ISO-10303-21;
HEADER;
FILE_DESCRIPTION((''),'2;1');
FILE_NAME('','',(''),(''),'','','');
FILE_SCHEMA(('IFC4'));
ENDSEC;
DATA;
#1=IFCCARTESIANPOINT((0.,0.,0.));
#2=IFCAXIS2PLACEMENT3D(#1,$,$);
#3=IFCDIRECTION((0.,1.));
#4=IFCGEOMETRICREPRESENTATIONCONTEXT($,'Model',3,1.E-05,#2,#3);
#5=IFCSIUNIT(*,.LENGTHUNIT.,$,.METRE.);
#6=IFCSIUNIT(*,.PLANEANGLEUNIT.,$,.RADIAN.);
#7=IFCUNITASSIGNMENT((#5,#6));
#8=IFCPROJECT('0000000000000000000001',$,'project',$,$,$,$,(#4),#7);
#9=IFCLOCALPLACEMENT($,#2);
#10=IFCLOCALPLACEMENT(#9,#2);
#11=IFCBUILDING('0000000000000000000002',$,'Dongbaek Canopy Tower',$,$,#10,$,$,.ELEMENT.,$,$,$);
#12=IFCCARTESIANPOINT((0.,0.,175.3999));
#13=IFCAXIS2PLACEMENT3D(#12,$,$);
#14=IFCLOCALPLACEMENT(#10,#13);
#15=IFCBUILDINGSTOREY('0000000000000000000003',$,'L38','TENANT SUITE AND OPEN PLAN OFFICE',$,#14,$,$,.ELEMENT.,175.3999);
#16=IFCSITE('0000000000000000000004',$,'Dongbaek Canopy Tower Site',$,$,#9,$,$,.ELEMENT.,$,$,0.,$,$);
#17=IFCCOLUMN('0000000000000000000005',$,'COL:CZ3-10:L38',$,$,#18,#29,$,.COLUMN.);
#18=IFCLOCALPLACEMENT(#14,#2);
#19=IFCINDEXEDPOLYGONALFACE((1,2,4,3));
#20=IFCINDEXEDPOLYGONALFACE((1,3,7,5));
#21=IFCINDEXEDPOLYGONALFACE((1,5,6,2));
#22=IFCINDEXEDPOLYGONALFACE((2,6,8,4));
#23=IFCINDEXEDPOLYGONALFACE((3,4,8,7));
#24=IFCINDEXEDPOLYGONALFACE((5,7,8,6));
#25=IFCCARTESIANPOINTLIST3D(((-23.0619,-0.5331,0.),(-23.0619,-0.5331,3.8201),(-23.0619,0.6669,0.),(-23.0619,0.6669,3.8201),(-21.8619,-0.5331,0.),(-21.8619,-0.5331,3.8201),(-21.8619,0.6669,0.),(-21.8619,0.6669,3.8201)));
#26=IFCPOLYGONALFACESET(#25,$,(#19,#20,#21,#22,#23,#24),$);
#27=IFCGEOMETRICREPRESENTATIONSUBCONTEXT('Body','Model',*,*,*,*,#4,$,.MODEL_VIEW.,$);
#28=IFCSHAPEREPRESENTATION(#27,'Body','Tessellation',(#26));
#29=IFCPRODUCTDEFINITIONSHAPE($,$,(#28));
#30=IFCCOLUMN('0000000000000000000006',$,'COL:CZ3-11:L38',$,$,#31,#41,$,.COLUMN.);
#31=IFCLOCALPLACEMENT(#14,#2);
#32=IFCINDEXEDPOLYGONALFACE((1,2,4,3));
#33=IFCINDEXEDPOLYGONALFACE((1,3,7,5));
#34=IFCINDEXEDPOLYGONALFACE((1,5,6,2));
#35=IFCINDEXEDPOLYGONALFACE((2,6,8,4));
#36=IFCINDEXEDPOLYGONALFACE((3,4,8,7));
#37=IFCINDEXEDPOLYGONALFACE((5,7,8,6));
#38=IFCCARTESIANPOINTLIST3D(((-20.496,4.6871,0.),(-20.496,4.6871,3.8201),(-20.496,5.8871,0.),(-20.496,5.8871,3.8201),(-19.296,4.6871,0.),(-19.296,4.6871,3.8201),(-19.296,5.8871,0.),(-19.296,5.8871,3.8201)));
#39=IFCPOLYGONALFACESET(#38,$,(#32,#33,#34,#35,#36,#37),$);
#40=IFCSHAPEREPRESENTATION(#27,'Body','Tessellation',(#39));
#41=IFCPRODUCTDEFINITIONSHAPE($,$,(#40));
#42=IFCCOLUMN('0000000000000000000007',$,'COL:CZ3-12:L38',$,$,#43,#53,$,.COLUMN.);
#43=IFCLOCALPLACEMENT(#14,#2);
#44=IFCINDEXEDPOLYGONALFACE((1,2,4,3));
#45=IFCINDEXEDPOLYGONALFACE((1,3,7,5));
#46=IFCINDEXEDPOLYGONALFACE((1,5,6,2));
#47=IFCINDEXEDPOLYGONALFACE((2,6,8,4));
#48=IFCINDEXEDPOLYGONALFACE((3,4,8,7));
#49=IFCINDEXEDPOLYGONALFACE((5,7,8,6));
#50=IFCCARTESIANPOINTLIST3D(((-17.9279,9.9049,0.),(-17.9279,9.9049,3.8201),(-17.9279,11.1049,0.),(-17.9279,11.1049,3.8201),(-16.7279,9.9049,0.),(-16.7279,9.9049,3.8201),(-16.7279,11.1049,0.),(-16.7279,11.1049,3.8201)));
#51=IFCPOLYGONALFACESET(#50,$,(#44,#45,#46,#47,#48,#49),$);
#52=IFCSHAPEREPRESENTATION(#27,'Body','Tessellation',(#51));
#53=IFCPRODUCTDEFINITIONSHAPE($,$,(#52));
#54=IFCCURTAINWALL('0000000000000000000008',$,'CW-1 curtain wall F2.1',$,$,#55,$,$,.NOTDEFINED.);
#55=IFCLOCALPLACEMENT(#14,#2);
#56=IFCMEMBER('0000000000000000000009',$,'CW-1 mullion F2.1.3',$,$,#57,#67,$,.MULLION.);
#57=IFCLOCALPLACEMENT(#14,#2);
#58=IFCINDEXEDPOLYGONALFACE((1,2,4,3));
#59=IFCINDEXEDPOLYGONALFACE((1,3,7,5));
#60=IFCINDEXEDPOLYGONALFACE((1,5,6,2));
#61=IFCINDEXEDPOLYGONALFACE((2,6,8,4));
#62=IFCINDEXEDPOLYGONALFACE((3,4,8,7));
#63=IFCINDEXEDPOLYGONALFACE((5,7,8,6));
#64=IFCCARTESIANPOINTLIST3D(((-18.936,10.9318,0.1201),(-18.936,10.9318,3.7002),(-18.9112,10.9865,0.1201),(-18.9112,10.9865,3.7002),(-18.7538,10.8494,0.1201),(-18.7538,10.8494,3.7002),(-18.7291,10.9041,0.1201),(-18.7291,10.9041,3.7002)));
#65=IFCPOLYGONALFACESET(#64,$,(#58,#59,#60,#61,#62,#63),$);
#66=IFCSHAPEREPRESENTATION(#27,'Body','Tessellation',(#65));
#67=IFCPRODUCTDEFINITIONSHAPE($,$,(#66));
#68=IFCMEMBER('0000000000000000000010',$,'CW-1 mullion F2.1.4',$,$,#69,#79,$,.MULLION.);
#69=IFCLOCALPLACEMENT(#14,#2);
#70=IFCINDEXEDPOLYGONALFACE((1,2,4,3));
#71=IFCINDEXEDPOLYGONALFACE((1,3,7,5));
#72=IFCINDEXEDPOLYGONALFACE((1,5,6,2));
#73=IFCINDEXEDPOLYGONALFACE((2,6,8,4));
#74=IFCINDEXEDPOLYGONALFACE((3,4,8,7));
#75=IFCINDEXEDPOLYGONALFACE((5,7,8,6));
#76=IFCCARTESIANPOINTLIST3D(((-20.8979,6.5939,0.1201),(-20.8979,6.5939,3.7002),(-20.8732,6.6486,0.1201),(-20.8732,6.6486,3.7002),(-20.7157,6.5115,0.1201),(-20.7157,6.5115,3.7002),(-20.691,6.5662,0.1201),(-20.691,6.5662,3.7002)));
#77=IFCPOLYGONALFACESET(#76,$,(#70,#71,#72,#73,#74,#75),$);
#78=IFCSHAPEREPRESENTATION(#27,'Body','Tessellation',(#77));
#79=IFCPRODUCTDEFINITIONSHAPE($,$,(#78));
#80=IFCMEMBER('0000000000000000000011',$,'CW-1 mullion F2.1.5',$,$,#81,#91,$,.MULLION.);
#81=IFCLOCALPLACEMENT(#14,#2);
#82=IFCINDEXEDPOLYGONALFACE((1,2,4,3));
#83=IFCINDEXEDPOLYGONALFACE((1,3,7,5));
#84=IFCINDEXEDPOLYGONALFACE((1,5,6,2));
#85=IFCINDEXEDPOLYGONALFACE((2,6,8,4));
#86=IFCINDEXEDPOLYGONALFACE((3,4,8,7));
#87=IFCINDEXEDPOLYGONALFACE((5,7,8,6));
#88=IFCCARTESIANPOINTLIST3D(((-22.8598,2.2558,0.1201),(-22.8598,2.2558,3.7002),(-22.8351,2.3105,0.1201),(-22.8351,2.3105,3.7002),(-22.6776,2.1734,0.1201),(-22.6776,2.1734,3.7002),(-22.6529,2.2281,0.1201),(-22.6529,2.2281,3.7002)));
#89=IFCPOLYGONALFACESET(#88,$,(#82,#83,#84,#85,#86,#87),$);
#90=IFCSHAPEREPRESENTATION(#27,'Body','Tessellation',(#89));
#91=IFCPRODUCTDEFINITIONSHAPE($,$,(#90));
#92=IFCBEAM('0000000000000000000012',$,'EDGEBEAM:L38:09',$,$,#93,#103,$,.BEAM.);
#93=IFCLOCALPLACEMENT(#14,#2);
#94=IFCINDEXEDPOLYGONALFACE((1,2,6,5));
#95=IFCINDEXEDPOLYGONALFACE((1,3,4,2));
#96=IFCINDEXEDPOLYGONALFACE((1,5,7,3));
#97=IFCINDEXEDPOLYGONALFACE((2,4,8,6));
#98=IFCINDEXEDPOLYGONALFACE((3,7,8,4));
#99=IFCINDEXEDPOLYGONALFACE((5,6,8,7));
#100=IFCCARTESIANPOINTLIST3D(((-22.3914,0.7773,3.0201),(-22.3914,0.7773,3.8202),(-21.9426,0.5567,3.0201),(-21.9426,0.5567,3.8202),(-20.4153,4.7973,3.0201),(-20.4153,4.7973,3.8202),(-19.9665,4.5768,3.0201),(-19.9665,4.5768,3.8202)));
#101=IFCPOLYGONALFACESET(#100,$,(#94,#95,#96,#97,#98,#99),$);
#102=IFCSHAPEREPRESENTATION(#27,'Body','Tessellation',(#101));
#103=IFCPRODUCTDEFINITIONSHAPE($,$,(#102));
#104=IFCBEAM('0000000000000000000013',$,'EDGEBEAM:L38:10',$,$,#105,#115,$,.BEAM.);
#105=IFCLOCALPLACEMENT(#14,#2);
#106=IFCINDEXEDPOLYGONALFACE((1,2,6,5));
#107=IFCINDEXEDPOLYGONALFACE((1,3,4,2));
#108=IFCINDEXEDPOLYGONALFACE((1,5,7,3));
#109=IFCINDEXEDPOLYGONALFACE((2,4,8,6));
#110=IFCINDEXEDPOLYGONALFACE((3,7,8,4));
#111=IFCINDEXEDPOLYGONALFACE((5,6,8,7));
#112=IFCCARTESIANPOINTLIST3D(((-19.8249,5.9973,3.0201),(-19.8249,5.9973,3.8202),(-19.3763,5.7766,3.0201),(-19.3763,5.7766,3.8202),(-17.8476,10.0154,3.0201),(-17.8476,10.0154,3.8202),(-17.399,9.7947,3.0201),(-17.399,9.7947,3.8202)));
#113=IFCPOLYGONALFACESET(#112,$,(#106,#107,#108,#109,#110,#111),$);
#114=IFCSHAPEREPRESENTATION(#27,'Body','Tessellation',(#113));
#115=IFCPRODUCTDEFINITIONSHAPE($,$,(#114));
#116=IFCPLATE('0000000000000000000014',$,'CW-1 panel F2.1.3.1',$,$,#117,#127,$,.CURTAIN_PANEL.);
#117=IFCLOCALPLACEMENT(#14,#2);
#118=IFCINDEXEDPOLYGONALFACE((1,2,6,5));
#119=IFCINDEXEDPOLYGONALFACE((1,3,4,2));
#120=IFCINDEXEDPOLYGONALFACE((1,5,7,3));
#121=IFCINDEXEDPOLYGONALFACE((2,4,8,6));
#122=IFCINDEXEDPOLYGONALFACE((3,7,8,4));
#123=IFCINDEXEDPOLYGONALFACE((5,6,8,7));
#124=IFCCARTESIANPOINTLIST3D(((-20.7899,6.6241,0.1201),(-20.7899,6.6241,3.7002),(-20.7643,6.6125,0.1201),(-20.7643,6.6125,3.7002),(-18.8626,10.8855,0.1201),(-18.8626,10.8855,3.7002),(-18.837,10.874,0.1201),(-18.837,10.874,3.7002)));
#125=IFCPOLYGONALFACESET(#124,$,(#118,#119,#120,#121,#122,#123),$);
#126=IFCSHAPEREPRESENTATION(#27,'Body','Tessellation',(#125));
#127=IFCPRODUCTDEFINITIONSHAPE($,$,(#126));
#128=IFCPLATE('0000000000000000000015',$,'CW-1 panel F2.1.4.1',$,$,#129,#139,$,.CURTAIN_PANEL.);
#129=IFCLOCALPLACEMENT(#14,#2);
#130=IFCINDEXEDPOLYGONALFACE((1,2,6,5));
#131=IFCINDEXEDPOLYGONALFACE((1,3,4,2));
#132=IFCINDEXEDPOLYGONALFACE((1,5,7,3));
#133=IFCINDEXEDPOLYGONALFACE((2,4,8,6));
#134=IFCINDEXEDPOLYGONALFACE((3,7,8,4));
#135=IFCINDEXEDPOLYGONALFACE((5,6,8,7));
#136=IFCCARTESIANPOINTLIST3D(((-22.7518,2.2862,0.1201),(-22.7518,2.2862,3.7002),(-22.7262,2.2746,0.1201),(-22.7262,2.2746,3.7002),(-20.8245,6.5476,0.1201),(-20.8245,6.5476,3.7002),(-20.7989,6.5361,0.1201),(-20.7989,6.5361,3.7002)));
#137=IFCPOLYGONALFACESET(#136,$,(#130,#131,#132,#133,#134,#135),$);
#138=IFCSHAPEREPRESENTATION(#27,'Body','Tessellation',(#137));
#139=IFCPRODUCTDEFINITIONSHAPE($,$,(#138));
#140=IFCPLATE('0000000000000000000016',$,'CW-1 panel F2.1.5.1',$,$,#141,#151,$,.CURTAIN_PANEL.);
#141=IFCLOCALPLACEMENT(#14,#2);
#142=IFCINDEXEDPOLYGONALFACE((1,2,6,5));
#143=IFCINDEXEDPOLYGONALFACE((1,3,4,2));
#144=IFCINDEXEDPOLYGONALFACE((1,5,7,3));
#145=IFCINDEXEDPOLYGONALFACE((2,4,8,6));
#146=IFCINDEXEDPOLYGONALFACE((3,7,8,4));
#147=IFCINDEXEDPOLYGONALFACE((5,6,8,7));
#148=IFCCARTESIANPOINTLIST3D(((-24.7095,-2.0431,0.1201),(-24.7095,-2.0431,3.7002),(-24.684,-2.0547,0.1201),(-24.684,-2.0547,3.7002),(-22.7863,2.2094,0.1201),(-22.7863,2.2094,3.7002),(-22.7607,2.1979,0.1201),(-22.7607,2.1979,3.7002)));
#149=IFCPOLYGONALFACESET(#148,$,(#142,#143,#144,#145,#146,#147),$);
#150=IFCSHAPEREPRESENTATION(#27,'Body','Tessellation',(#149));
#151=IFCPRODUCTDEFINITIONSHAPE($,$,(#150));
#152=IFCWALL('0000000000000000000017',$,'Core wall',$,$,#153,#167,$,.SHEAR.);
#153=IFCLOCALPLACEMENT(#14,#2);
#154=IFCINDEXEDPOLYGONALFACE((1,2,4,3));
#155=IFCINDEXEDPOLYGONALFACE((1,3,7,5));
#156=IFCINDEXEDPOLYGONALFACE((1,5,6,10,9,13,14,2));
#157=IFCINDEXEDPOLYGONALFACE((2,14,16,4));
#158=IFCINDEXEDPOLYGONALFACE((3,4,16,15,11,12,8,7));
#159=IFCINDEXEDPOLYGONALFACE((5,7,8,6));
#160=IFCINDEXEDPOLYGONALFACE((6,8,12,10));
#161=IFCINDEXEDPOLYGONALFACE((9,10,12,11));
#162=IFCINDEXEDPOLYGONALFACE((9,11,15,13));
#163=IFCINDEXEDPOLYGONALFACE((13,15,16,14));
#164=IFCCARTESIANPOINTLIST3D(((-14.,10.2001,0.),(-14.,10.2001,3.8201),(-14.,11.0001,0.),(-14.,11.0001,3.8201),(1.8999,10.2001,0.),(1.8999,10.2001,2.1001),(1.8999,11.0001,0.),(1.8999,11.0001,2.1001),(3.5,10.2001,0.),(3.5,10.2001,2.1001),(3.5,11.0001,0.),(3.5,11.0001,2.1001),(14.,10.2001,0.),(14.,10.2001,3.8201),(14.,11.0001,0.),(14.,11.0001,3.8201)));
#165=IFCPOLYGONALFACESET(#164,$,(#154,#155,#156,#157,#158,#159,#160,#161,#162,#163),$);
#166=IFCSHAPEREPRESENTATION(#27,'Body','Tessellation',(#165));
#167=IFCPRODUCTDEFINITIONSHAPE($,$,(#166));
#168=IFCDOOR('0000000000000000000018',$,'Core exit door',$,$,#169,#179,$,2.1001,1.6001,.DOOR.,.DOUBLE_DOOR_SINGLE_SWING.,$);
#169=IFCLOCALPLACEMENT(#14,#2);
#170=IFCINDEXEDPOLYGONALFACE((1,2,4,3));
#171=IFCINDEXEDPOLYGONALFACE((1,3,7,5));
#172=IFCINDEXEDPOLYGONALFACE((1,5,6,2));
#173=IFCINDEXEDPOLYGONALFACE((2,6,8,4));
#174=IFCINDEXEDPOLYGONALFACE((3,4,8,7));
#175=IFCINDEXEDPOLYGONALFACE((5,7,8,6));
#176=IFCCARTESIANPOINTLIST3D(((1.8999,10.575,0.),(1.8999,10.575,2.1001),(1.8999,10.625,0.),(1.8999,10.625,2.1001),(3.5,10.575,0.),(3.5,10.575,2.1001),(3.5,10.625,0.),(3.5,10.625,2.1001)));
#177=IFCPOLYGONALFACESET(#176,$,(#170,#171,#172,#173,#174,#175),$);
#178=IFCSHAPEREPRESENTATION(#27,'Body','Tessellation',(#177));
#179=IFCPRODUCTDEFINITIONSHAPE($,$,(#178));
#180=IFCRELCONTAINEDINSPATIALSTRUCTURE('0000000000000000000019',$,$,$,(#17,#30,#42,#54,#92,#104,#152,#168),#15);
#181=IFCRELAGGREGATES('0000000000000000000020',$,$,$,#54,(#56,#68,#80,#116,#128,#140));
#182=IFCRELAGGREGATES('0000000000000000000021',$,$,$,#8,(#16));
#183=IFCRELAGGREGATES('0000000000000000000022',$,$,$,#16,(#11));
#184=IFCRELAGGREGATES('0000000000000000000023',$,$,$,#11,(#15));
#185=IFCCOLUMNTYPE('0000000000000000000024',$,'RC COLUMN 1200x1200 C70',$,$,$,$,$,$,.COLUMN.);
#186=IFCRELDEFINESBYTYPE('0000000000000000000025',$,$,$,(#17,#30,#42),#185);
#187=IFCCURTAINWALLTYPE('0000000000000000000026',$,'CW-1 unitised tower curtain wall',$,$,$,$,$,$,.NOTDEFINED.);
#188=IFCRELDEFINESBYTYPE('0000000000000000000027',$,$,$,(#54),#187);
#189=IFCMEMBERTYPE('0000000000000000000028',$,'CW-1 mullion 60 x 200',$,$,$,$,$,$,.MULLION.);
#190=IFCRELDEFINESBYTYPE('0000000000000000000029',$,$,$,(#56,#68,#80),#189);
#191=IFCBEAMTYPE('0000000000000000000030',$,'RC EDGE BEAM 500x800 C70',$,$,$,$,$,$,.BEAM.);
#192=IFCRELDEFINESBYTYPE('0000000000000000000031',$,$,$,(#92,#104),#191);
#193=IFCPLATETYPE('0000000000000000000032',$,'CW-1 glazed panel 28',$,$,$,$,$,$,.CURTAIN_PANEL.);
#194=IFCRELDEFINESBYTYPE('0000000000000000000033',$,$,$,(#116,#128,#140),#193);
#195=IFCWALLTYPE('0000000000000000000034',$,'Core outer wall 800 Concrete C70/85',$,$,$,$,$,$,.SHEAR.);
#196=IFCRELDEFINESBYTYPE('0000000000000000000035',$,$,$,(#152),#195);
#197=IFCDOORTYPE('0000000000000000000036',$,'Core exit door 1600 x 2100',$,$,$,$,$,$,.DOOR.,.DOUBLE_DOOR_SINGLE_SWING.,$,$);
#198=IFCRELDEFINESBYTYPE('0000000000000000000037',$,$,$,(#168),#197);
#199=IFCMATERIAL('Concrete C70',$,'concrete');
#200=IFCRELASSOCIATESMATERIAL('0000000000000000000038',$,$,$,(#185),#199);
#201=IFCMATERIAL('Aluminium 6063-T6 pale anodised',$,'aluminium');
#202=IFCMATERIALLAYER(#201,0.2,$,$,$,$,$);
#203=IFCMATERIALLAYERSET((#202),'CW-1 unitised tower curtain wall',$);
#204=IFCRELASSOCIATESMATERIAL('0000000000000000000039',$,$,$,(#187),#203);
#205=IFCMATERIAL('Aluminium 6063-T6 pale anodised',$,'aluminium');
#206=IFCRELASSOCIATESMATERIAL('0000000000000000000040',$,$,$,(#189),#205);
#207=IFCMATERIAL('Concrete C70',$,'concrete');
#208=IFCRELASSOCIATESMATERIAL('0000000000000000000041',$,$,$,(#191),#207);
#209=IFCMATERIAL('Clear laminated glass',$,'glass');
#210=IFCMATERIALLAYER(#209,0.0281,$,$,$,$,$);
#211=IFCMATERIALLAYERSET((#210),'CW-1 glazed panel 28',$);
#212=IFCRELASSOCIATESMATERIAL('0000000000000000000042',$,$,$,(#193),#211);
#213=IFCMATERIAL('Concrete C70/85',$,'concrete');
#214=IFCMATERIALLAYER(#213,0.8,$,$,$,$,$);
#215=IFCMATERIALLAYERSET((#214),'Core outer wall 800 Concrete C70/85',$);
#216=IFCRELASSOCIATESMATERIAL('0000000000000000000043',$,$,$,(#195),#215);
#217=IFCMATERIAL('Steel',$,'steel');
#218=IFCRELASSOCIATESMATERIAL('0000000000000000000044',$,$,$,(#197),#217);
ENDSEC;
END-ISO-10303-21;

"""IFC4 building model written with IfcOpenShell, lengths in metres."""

from ifc_helpers import new_model, si_unit, direction, frame, frame_2d, origin, origin_2d, place, context, subcontext, project, spatial, rectangle, extrude, material, layer, layer_set, material_profile, profile_set, type_object, element, fill, aggregate, save


model = new_model("IFC4")

# Units and contexts
model_context = context("Model", 3, precision=1e-05, world=origin(), true_north=direction((0.0, 1.0)))
body_context = subcontext(model_context, "Body", "Model", "MODEL_VIEW")
ifc_project = project(units=[si_unit("LENGTHUNIT", "METRE"), si_unit("PLANEANGLEUNIT", "RADIAN")], contexts=[model_context])

# Site, building, storey
site_placement = place(None, origin())
site = spatial("IfcSite", under=ifc_project, at=site_placement, Name="Dongbaek Canopy Tower Site", CompositionType="ELEMENT", RefElevation=0.0)
building_placement = place(site_placement, origin())
building = spatial("IfcBuilding", under=site, at=building_placement, Name="Dongbaek Canopy Tower", CompositionType="ELEMENT")
storey_placement = place(building_placement, frame((0.0, 0.0, 175.3999)))
storey = spatial("IfcBuildingStorey", under=building, at=storey_placement, Name="L38", Description="TENANT SUITE AND OPEN PLAN OFFICE", CompositionType="ELEMENT", Elevation=175.3999)

# Columns
ifc_material_1 = material(Name="Concrete C70", Category="concrete")
ifc_material_profile_1 = material_profile(ifc_material_1, rectangle(XDim=1.2, YDim=1.2, at=origin_2d()), Name="RC COLUMN 1200x1200 C70")
ifc_profile_set_1 = profile_set([ifc_material_profile_1], Name="Concrete C70")
column_type = type_object("IfcColumnType", Name="RC COLUMN 1200x1200 C70", PredefinedType="COLUMN", material=ifc_profile_set_1)
for number, where, z_axis, x_axis, name in (
    (1, (-22.4619, 0.0669, 0.0), (0.0, 0.0, 1.0), (1.0, 0.0, 0.0), "COL:CZ3-10:L38"),
    (2, (-19.896, 5.2871, 0.0), (0.0, 0.0, 1.0), (1.0, 0.0, 0.0), "COL:CZ3-11:L38"),
    (3, (-17.3279, 10.5049, 0.0), (0.0, 0.0, 1.0), (1.0, 0.0, 0.0), "COL:CZ3-12:L38"),
):
    element("IfcColumn", number, at=place(storey_placement, frame(where, z_axis=z_axis, x_axis=x_axis)), inside=storey, type_object=column_type, Name=name, PredefinedType="COLUMN", context=body_context, shape_type="SweptSolid", body=[
        extrude(rectangle(XDim=1.2, YDim=1.2, at=origin_2d()), origin(), (0.0, 0.0, 1.0), 3.8201),
    ])

# Curtain wall, members
ifc_material_2 = material(Name="Aluminium 6063-T6 pale anodised", Category="aluminium")
ifc_layer_1 = layer(ifc_material_2, 0.2)
ifc_layer_set_1 = layer_set([ifc_layer_1], Name="CW-1 unitised tower curtain wall")
curtain_wall_type = type_object("IfcCurtainWallType", Name="CW-1 unitised tower curtain wall", PredefinedType="NOTDEFINED", material=ifc_layer_set_1)
curtain_wall_placement = place(storey_placement, origin())
curtain_wall = element("IfcCurtainWall", 4, at=curtain_wall_placement, inside=storey, type_object=curtain_wall_type, Name="CW-1 curtain wall F2.1", PredefinedType="NOTDEFINED")
ifc_material_3 = material(Name="Aluminium 6063-T6 pale anodised", Category="aluminium")
ifc_material_profile_2 = material_profile(ifc_material_3, rectangle(XDim=0.2, YDim=0.0601, at=origin_2d()), Name="CW-1 mullion 60 x 200")
ifc_profile_set_2 = profile_set([ifc_material_profile_2], Name="Aluminium 6063-T6 pale anodised")
member_type = type_object("IfcMemberType", Name="CW-1 mullion 60 x 200", PredefinedType="MULLION", material=ifc_profile_set_2)
member_1_placement = place(storey_placement, frame((-18.8325, 10.918, 0.1201), z_axis=(0.0, 0.0, 1.0), x_axis=(-0.911148, 0.41208, 0.0)))
member_1 = element("IfcMember", 5, at=member_1_placement, type_object=member_type, Name="CW-1 mullion F2.1.3", PredefinedType="MULLION", context=body_context, shape_type="SweptSolid", body=[
    extrude(rectangle(XDim=0.2, YDim=0.0601, at=origin_2d()), origin(), (0.0, 0.0, 1.0), 3.5801),
])
member_2_placement = place(storey_placement, frame((-20.7944, 6.5801, 0.1201), z_axis=(0.0, 0.0, 1.0), x_axis=(-0.911148, 0.41208, 0.0)))
member_2 = element("IfcMember", 6, at=member_2_placement, type_object=member_type, Name="CW-1 mullion F2.1.4", PredefinedType="MULLION", context=body_context, shape_type="SweptSolid", body=[
    extrude(rectangle(XDim=0.2, YDim=0.0601, at=origin_2d()), origin(), (0.0, 0.0, 1.0), 3.5801),
])
member_3_placement = place(storey_placement, frame((-22.7563, 2.2419, 0.1201), z_axis=(0.0, 0.0, 1.0), x_axis=(-0.911148, 0.41208, 0.0)))
member_3 = element("IfcMember", 7, at=member_3_placement, type_object=member_type, Name="CW-1 mullion F2.1.5", PredefinedType="MULLION", context=body_context, shape_type="SweptSolid", body=[
    extrude(rectangle(XDim=0.2, YDim=0.0601, at=origin_2d()), origin(), (0.0, 0.0, 1.0), 3.5801),
])

# Beams
ifc_material_4 = material(Name="Concrete C70", Category="concrete")
ifc_material_profile_3 = material_profile(ifc_material_4, rectangle(XDim=0.5, YDim=0.8, at=origin_2d()), Name="RC EDGE BEAM 500x800 C70")
ifc_profile_set_3 = profile_set([ifc_material_profile_3], Name="Concrete C70")
beam_type = type_object("IfcBeamType", Name="RC EDGE BEAM 500x800 C70", PredefinedType="BEAM", material=ifc_profile_set_3)
beam_1_placement = place(storey_placement, frame((-22.167, 0.667, 3.4202), z_axis=(0.441143, 0.897437, 0.0), x_axis=(-0.897437, 0.441143, 0.0)))
element("IfcBeam", 8, at=beam_1_placement, inside=storey, type_object=beam_type, Name="EDGEBEAM:L38:09", PredefinedType="BEAM", context=body_context, shape_type="SweptSolid", body=[
    extrude(rectangle(XDim=0.5, YDim=0.8, at=origin_2d()), origin(), (0.0, 0.0, 1.0), 4.4795),
])
beam_2_placement = place(storey_placement, frame((-19.6006, 5.887, 3.4202), z_axis=(0.441535, 0.897244, 0.0), x_axis=(-0.897244, 0.441535, 0.0)))
element("IfcBeam", 9, at=beam_2_placement, inside=storey, type_object=beam_type, Name="EDGEBEAM:L38:10", PredefinedType="BEAM", context=body_context, shape_type="SweptSolid", body=[
    extrude(rectangle(XDim=0.5, YDim=0.8, at=origin_2d()), origin(), (0.0, 0.0, 1.0), 4.4783),
])

# Plates
ifc_material_5 = material(Name="Clear laminated glass", Category="glass")
ifc_layer_2 = layer(ifc_material_5, 0.0281)
ifc_layer_set_2 = layer_set([ifc_layer_2], Name="CW-1 glazed panel 28")
plate_type = type_object("IfcPlateType", Name="CW-1 glazed panel 28", PredefinedType="CURTAIN_PANEL", material=ifc_layer_set_2)
plate_1_placement = place(storey_placement, frame((-19.8135, 8.749, 0.1201), z_axis=(0.0, 0.0, 1.0), x_axis=(-0.41208, -0.911148, 0.0)))
plate_1 = element("IfcPlate", 10, at=plate_1_placement, type_object=plate_type, Name="CW-1 panel F2.1.3.1", PredefinedType="CURTAIN_PANEL", context=body_context, shape_type="SweptSolid", body=[
    extrude(rectangle(XDim=4.677, YDim=0.0281, at=origin_2d()), origin(), (0.0, 0.0, 1.0), 3.5801),
])
plate_2_placement = place(storey_placement, frame((-21.7754, 4.4111, 0.1201), z_axis=(0.0, 0.0, 1.0), x_axis=(-0.41208, -0.911148, 0.0)))
plate_2 = element("IfcPlate", 11, at=plate_2_placement, type_object=plate_type, Name="CW-1 panel F2.1.4.1", PredefinedType="CURTAIN_PANEL", context=body_context, shape_type="SweptSolid", body=[
    extrude(rectangle(XDim=4.677, YDim=0.0281, at=origin_2d()), origin(), (0.0, 0.0, 1.0), 3.5801),
])
plate_3_placement = place(storey_placement, frame((-23.7351, 0.0774, 0.1201), z_axis=(0.0, 0.0, 1.0), x_axis=(-0.41208, -0.911148, 0.0)))
plate_3 = element("IfcPlate", 12, at=plate_3_placement, type_object=plate_type, Name="CW-1 panel F2.1.5.1", PredefinedType="CURTAIN_PANEL", context=body_context, shape_type="SweptSolid", body=[
    extrude(rectangle(XDim=4.6672, YDim=0.0281, at=origin_2d()), origin(), (0.0, 0.0, 1.0), 3.5801),
])

# Wall, opening, door
ifc_material_6 = material(Name="Concrete C70/85", Category="concrete")
ifc_layer_3 = layer(ifc_material_6, 0.8)
ifc_layer_set_3 = layer_set([ifc_layer_3], Name="Core outer wall 800 Concrete C70/85")
wall_type_1 = type_object("IfcWallType", Name="Core outer wall 800 Concrete C70/85", PredefinedType="SHEAR", material=ifc_layer_set_3)
wall_1_placement = place(storey_placement, frame((-14.0, 10.6001, 0.0), z_axis=(0.0, 0.0, 1.0), x_axis=(1.0, 0.0, 0.0)))
wall_1 = element("IfcWall", 13, at=wall_1_placement, inside=storey, type_object=wall_type_1, Name="Core wall", PredefinedType="SHEAR", context=body_context, shape_type="SweptSolid", body=[
    extrude(rectangle(XDim=28.0, YDim=0.8, at=frame_2d((14.0, 0.0))), origin(), (0.0, 0.0, 1.0), 3.8201),
])
opening_placement = place(wall_1_placement, frame((15.8999, 0.0, 0.0)))
opening = element("IfcOpeningElement", 14, at=opening_placement, cuts=wall_1, PredefinedType="OPENING", context=body_context, shape_type="SweptSolid", body=[
    extrude(rectangle(XDim=1.6001, YDim=2.1001, at=frame_2d((0.8, 1.05))), frame((0.0, 0.4099, 0.0), z_axis=(0.0, -1.0, 0.0), x_axis=(1.0, 0.0, 0.0)), (0.0, 0.0, 1.0), 0.8201),
])
ifc_material_7 = material(Name="Steel", Category="steel")
door_type = type_object("IfcDoorType", Name="Core exit door 1600 x 2100", OperationType="DOUBLE_DOOR_SINGLE_SWING", PredefinedType="DOOR", material=ifc_material_7)
door_placement = place(opening_placement, origin())
door = element("IfcDoor", 15, at=door_placement, inside=storey, type_object=door_type, Name="Core exit door", OperationType="DOUBLE_DOOR_SINGLE_SWING", OverallHeight=2.1001, OverallWidth=1.6001, PredefinedType="DOOR", context=body_context, shape_type="SweptSolid", body=[
    extrude(rectangle(XDim=1.6001, YDim=2.1001, at=frame_2d((0.8, 1.05))), frame((0.0, 0.0249, 0.0), z_axis=(0.0, -1.0, 0.0), x_axis=(1.0, 0.0, 0.0)), (0.0, 0.0, 1.0), 0.05),
])
fill(opening, door)

aggregate(curtain_wall, [member_1, member_2, member_3, plate_1, plate_2, plate_3])

save(model, "model.ifc")
